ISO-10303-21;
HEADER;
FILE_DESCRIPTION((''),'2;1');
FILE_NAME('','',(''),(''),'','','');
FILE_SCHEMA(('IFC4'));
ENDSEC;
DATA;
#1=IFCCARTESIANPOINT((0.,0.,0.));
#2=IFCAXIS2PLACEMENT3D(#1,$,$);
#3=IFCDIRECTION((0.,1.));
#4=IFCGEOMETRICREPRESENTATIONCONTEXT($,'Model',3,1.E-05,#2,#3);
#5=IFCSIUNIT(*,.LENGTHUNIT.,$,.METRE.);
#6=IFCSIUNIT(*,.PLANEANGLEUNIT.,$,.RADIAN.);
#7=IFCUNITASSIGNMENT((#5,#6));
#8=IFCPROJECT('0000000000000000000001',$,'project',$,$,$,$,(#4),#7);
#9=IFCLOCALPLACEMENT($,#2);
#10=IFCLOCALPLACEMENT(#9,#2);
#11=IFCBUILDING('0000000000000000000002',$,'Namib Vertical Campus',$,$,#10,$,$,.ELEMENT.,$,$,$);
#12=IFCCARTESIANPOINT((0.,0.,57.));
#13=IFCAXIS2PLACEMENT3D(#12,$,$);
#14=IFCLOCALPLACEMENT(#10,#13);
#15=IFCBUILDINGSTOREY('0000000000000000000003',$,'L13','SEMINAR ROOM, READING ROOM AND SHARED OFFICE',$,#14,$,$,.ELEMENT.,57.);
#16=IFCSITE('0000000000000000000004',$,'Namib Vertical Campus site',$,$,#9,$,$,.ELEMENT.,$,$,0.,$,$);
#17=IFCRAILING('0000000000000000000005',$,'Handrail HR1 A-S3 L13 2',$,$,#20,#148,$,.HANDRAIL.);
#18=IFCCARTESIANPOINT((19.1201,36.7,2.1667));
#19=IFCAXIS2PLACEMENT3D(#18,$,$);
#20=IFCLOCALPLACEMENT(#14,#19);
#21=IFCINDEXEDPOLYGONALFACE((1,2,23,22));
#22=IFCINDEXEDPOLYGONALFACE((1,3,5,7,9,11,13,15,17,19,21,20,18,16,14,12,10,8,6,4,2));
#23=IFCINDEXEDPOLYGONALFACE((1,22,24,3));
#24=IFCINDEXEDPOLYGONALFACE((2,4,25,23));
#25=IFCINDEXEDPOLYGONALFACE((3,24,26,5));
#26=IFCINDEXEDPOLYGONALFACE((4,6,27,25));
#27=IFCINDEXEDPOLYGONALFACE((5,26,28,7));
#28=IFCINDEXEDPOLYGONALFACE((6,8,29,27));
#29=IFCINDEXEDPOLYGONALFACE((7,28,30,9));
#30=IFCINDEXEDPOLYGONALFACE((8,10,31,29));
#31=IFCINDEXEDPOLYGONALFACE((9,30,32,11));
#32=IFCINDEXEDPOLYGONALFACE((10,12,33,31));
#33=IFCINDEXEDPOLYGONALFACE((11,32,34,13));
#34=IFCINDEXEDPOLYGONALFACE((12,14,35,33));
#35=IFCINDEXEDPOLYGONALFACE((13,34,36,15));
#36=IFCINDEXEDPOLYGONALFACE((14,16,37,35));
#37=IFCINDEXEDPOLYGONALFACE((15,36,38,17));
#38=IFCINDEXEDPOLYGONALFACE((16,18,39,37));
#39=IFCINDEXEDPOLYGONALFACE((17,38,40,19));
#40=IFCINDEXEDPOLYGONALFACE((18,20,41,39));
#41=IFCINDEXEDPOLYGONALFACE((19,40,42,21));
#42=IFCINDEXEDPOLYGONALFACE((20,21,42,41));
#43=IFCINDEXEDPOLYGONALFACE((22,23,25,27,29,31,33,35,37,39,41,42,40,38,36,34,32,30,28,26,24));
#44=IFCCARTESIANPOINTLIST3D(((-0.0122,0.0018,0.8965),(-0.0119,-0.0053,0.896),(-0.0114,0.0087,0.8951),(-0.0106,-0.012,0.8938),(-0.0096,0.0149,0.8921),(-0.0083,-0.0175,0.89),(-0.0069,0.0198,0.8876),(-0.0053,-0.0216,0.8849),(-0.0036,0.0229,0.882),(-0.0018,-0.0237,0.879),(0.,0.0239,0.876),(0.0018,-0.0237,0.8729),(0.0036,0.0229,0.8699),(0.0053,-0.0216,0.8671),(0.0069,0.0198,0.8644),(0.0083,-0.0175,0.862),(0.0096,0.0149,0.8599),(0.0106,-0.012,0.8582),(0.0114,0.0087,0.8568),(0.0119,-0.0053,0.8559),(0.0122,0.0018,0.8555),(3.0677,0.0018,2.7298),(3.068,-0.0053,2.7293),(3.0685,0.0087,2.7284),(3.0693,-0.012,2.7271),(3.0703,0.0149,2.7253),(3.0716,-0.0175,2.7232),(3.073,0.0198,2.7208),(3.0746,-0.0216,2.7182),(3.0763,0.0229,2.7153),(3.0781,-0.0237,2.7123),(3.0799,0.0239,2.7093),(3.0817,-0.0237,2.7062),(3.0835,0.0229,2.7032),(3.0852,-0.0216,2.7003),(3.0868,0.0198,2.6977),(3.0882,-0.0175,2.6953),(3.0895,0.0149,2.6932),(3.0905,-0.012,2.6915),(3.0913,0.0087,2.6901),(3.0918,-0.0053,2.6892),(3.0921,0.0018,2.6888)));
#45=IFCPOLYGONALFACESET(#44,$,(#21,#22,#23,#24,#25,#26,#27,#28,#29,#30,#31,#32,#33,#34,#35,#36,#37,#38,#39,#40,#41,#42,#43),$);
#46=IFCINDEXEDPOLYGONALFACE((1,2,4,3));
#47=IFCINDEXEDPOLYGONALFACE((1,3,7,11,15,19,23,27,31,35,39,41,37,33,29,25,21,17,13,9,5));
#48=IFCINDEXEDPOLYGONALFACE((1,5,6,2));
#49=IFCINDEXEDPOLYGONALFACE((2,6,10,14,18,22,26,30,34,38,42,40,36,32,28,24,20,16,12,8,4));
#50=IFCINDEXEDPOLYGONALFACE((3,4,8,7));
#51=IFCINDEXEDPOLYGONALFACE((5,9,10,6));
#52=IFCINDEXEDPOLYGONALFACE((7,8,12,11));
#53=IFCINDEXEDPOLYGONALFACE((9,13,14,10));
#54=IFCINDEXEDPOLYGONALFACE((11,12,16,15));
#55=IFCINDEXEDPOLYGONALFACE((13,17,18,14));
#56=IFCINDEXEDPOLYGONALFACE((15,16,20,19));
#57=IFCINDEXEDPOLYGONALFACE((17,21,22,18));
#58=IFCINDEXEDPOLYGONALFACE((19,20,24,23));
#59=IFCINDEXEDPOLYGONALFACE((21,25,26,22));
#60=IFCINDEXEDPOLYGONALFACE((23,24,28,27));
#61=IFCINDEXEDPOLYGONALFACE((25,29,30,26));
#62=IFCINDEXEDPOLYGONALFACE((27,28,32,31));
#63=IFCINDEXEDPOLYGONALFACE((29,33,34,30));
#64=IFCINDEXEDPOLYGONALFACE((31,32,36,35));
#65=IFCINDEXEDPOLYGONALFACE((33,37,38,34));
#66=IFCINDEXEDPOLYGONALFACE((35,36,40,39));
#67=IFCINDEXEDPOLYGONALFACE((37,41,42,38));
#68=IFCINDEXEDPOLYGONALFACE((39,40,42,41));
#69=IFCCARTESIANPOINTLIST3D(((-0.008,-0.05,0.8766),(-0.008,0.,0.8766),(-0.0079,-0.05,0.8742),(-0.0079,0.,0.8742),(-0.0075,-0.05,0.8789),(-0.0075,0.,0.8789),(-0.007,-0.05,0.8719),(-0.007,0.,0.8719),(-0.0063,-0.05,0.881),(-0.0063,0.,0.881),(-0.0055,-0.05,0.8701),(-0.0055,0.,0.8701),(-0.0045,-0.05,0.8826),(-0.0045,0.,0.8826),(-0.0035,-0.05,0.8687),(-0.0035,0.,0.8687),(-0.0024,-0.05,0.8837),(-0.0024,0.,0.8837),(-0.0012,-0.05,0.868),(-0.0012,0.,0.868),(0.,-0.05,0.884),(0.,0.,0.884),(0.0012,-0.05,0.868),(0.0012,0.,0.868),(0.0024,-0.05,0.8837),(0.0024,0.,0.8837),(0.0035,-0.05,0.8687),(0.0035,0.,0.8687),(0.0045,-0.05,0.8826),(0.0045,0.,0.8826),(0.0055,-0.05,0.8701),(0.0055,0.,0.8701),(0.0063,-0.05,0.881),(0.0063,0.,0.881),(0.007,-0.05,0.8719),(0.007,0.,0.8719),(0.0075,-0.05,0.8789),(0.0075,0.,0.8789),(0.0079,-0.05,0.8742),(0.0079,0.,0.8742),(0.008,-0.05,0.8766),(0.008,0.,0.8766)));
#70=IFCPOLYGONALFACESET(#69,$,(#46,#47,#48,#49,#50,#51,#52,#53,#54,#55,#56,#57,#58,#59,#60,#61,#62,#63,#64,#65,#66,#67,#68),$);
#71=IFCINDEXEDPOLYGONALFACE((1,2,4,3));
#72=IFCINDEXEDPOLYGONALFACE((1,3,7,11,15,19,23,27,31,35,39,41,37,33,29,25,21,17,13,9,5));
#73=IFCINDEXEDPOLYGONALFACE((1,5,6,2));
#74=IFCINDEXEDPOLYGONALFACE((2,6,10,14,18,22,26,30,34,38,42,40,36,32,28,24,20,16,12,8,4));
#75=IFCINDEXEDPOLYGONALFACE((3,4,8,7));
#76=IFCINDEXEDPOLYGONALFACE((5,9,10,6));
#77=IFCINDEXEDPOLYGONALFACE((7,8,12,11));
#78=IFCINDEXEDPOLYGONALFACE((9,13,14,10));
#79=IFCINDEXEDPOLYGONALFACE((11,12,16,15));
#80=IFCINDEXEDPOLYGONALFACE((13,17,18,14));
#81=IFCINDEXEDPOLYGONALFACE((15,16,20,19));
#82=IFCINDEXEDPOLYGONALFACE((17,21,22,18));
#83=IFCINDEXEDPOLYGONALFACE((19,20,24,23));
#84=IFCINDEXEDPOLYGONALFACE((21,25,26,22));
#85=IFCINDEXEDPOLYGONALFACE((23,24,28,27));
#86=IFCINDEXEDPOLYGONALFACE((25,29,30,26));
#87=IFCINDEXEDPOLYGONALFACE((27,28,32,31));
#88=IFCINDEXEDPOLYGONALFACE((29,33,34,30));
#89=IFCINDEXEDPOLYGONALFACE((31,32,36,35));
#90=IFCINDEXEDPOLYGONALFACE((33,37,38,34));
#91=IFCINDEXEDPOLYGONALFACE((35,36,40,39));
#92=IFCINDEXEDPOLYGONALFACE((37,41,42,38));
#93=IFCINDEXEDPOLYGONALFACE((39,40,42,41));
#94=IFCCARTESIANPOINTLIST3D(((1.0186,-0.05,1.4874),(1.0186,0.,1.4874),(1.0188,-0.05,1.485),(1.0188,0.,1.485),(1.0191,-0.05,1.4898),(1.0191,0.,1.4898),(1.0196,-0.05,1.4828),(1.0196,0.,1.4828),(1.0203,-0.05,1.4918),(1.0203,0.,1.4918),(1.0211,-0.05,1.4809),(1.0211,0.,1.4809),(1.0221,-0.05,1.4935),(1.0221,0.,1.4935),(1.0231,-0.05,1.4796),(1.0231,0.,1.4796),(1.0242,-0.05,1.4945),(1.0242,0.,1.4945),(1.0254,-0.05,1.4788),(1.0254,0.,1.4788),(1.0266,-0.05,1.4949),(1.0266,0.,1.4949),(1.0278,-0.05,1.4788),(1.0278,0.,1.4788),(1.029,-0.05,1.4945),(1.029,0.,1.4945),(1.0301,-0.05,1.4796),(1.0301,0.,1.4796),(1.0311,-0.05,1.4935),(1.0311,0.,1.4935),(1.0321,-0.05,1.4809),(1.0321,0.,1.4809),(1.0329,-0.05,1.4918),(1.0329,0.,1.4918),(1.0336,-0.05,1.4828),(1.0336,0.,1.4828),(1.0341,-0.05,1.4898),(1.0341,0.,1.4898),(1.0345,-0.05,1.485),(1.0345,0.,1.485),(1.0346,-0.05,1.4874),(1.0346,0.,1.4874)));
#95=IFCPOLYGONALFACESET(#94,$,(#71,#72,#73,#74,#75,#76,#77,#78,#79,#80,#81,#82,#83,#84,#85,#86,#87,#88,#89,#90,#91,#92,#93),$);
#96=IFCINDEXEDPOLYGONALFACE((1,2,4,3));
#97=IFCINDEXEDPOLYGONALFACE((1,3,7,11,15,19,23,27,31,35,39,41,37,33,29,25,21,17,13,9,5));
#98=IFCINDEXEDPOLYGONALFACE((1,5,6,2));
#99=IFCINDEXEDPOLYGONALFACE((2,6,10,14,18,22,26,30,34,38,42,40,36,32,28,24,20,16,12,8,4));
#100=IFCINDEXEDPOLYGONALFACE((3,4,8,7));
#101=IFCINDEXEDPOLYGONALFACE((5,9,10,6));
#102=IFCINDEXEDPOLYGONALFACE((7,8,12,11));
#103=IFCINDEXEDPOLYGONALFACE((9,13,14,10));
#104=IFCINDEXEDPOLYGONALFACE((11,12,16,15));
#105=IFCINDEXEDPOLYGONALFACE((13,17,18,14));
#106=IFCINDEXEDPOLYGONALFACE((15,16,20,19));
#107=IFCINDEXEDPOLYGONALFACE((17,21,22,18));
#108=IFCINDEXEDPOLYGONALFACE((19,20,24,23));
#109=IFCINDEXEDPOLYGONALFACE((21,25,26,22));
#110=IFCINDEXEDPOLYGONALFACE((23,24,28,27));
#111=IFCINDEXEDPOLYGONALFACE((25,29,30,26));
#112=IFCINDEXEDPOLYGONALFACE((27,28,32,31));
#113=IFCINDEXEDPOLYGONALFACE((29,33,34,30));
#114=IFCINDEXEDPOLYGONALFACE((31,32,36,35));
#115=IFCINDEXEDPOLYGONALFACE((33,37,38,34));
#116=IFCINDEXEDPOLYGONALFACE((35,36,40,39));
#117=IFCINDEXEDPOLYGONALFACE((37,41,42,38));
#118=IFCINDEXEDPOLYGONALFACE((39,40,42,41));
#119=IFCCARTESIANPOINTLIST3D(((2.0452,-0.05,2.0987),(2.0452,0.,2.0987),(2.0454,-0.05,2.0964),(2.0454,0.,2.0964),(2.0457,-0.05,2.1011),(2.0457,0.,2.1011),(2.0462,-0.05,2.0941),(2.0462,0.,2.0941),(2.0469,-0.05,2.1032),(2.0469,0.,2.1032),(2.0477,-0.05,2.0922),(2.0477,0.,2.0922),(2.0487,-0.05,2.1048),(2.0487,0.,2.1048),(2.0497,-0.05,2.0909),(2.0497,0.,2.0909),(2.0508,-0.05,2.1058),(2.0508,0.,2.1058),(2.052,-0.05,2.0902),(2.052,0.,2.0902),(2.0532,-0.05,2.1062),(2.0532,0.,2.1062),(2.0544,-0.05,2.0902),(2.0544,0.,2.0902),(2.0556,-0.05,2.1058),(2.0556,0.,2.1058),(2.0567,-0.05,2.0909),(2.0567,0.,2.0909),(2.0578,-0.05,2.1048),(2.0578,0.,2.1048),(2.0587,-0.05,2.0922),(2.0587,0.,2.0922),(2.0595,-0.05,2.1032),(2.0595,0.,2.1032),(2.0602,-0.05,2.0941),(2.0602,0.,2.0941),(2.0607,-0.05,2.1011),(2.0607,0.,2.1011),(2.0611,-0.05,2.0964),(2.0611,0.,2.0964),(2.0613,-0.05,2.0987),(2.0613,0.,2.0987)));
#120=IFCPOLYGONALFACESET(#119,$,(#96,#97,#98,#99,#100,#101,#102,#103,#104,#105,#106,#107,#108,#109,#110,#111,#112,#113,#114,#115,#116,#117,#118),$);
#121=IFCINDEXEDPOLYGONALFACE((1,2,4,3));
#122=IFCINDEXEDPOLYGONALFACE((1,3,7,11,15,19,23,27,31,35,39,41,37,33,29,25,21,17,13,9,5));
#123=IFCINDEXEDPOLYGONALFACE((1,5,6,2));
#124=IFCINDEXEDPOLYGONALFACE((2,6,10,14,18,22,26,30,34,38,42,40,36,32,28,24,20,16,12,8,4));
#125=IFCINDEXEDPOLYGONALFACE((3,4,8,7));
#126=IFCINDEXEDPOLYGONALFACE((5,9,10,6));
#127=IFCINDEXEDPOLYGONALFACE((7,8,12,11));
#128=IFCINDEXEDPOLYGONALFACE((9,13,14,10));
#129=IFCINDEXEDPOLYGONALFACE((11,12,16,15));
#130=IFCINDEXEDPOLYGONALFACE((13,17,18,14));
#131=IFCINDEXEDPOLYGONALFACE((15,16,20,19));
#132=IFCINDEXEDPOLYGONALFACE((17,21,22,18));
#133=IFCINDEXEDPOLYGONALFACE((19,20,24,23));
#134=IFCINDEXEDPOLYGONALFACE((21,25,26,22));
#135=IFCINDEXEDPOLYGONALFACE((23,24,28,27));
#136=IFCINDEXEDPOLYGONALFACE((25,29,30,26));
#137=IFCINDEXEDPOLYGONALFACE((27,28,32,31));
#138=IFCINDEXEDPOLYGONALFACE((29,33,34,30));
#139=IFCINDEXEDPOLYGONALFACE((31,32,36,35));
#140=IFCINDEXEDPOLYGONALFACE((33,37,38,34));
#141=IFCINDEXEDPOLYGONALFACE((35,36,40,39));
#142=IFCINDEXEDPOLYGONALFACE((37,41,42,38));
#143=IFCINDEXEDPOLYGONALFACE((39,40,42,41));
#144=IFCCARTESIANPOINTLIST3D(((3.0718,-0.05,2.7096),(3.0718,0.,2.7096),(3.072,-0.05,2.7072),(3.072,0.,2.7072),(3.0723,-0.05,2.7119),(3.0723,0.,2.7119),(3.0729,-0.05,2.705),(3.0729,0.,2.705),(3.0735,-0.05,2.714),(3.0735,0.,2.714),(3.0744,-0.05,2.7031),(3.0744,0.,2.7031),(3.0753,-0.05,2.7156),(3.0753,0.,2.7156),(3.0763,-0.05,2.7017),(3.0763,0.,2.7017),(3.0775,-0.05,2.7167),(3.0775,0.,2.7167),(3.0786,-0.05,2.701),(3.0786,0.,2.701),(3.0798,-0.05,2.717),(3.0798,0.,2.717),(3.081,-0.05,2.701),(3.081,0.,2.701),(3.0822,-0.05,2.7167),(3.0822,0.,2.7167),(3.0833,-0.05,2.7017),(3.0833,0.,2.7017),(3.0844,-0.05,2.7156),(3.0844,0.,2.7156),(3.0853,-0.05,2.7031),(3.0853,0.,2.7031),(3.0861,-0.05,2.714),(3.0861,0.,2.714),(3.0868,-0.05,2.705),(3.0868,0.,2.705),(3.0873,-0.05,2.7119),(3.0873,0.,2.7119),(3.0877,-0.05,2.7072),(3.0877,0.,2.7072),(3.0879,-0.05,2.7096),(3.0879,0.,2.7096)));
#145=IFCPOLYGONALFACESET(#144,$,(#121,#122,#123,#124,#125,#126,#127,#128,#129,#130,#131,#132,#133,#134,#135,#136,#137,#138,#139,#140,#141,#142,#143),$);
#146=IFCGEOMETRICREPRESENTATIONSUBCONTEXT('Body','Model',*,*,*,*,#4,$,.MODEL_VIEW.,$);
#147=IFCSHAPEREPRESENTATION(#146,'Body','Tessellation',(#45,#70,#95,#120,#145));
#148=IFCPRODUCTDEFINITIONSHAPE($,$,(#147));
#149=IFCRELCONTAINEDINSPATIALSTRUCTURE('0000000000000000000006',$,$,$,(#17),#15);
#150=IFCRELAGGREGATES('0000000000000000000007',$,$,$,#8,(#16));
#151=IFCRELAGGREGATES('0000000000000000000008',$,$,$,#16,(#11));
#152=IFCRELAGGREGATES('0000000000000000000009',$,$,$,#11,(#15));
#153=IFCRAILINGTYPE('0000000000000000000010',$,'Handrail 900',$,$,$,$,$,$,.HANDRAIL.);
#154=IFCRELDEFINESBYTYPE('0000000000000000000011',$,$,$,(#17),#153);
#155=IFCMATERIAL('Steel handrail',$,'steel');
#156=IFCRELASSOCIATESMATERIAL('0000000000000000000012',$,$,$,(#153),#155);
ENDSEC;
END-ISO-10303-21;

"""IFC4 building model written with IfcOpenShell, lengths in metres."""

from ifc_helpers import new_model, si_unit, direction, frame, origin, origin_2d, place, context, subcontext, project, spatial, circle, extrude, material, type_object, element, save


model = new_model("IFC4")

# Units and contexts
model_context = context("Model", 3, precision=1e-05, world=origin(), true_north=direction((0.0, 1.0)))
body_context = subcontext(model_context, "Body", "Model", "MODEL_VIEW")
ifc_project = project(units=[si_unit("LENGTHUNIT", "METRE"), si_unit("PLANEANGLEUNIT", "RADIAN")], contexts=[model_context])

# Site, building, storey
site_placement = place(None, origin())
site = spatial("IfcSite", under=ifc_project, at=site_placement, Name="Namib Vertical Campus site", CompositionType="ELEMENT", RefElevation=0.0)
building_placement = place(site_placement, origin())
building = spatial("IfcBuilding", under=site, at=building_placement, Name="Namib Vertical Campus", CompositionType="ELEMENT")
storey_placement = place(building_placement, frame((0.0, 0.0, 57.0)))
storey = spatial("IfcBuildingStorey", under=building, at=storey_placement, Name="L13", Description="SEMINAR ROOM, READING ROOM AND SHARED OFFICE", CompositionType="ELEMENT", Elevation=57.0)

# Railing
ifc_material_1 = material(Name="Steel handrail", Category="steel")
railing_type = type_object("IfcRailingType", Name="Handrail 900", PredefinedType="HANDRAIL", material=ifc_material_1)
railing_1_placement = place(storey_placement, frame((19.1201, 36.7, 2.1667)))
element("IfcRailing", 1, at=railing_1_placement, inside=storey, type_object=railing_type, Name="Handrail HR1 A-S3 L13 2", PredefinedType="HANDRAIL", context=body_context, shape_type="SweptSolid", body=[
    extrude(circle(Radius=0.0239, at=origin_2d()), frame((0.0, 0.0, 0.876), z_axis=(0.859291, 0.0, 0.511487), x_axis=(0.0, 1.0, 0.0)), (0.0, 0.0, 1.0), 3.5842),
    extrude(circle(Radius=0.0081, at=origin_2d()), frame((0.0, 0.0, 0.876), z_axis=(0.0, -1.0, 0.0), x_axis=(0.0, 0.0, 1.0)), (0.0, 0.0, 1.0), 0.05),
    extrude(circle(Radius=0.0081, at=origin_2d()), frame((1.0266, 0.0, 1.4868), z_axis=(0.0, -1.0, 0.0), x_axis=(0.0, 0.0, 1.0)), (0.0, 0.0, 1.0), 0.05),
    extrude(circle(Radius=0.0081, at=origin_2d()), frame((2.0532, 0.0, 2.0981), z_axis=(0.0, -1.0, 0.0), x_axis=(0.0, 0.0, 1.0)), (0.0, 0.0, 1.0), 0.05),
    extrude(circle(Radius=0.0081, at=origin_2d()), frame((3.0798, 0.0, 2.709), z_axis=(0.0, -1.0, 0.0), x_axis=(0.0, 0.0, 1.0)), (0.0, 0.0, 1.0), 0.05),
])

save(model, "model.ifc")
